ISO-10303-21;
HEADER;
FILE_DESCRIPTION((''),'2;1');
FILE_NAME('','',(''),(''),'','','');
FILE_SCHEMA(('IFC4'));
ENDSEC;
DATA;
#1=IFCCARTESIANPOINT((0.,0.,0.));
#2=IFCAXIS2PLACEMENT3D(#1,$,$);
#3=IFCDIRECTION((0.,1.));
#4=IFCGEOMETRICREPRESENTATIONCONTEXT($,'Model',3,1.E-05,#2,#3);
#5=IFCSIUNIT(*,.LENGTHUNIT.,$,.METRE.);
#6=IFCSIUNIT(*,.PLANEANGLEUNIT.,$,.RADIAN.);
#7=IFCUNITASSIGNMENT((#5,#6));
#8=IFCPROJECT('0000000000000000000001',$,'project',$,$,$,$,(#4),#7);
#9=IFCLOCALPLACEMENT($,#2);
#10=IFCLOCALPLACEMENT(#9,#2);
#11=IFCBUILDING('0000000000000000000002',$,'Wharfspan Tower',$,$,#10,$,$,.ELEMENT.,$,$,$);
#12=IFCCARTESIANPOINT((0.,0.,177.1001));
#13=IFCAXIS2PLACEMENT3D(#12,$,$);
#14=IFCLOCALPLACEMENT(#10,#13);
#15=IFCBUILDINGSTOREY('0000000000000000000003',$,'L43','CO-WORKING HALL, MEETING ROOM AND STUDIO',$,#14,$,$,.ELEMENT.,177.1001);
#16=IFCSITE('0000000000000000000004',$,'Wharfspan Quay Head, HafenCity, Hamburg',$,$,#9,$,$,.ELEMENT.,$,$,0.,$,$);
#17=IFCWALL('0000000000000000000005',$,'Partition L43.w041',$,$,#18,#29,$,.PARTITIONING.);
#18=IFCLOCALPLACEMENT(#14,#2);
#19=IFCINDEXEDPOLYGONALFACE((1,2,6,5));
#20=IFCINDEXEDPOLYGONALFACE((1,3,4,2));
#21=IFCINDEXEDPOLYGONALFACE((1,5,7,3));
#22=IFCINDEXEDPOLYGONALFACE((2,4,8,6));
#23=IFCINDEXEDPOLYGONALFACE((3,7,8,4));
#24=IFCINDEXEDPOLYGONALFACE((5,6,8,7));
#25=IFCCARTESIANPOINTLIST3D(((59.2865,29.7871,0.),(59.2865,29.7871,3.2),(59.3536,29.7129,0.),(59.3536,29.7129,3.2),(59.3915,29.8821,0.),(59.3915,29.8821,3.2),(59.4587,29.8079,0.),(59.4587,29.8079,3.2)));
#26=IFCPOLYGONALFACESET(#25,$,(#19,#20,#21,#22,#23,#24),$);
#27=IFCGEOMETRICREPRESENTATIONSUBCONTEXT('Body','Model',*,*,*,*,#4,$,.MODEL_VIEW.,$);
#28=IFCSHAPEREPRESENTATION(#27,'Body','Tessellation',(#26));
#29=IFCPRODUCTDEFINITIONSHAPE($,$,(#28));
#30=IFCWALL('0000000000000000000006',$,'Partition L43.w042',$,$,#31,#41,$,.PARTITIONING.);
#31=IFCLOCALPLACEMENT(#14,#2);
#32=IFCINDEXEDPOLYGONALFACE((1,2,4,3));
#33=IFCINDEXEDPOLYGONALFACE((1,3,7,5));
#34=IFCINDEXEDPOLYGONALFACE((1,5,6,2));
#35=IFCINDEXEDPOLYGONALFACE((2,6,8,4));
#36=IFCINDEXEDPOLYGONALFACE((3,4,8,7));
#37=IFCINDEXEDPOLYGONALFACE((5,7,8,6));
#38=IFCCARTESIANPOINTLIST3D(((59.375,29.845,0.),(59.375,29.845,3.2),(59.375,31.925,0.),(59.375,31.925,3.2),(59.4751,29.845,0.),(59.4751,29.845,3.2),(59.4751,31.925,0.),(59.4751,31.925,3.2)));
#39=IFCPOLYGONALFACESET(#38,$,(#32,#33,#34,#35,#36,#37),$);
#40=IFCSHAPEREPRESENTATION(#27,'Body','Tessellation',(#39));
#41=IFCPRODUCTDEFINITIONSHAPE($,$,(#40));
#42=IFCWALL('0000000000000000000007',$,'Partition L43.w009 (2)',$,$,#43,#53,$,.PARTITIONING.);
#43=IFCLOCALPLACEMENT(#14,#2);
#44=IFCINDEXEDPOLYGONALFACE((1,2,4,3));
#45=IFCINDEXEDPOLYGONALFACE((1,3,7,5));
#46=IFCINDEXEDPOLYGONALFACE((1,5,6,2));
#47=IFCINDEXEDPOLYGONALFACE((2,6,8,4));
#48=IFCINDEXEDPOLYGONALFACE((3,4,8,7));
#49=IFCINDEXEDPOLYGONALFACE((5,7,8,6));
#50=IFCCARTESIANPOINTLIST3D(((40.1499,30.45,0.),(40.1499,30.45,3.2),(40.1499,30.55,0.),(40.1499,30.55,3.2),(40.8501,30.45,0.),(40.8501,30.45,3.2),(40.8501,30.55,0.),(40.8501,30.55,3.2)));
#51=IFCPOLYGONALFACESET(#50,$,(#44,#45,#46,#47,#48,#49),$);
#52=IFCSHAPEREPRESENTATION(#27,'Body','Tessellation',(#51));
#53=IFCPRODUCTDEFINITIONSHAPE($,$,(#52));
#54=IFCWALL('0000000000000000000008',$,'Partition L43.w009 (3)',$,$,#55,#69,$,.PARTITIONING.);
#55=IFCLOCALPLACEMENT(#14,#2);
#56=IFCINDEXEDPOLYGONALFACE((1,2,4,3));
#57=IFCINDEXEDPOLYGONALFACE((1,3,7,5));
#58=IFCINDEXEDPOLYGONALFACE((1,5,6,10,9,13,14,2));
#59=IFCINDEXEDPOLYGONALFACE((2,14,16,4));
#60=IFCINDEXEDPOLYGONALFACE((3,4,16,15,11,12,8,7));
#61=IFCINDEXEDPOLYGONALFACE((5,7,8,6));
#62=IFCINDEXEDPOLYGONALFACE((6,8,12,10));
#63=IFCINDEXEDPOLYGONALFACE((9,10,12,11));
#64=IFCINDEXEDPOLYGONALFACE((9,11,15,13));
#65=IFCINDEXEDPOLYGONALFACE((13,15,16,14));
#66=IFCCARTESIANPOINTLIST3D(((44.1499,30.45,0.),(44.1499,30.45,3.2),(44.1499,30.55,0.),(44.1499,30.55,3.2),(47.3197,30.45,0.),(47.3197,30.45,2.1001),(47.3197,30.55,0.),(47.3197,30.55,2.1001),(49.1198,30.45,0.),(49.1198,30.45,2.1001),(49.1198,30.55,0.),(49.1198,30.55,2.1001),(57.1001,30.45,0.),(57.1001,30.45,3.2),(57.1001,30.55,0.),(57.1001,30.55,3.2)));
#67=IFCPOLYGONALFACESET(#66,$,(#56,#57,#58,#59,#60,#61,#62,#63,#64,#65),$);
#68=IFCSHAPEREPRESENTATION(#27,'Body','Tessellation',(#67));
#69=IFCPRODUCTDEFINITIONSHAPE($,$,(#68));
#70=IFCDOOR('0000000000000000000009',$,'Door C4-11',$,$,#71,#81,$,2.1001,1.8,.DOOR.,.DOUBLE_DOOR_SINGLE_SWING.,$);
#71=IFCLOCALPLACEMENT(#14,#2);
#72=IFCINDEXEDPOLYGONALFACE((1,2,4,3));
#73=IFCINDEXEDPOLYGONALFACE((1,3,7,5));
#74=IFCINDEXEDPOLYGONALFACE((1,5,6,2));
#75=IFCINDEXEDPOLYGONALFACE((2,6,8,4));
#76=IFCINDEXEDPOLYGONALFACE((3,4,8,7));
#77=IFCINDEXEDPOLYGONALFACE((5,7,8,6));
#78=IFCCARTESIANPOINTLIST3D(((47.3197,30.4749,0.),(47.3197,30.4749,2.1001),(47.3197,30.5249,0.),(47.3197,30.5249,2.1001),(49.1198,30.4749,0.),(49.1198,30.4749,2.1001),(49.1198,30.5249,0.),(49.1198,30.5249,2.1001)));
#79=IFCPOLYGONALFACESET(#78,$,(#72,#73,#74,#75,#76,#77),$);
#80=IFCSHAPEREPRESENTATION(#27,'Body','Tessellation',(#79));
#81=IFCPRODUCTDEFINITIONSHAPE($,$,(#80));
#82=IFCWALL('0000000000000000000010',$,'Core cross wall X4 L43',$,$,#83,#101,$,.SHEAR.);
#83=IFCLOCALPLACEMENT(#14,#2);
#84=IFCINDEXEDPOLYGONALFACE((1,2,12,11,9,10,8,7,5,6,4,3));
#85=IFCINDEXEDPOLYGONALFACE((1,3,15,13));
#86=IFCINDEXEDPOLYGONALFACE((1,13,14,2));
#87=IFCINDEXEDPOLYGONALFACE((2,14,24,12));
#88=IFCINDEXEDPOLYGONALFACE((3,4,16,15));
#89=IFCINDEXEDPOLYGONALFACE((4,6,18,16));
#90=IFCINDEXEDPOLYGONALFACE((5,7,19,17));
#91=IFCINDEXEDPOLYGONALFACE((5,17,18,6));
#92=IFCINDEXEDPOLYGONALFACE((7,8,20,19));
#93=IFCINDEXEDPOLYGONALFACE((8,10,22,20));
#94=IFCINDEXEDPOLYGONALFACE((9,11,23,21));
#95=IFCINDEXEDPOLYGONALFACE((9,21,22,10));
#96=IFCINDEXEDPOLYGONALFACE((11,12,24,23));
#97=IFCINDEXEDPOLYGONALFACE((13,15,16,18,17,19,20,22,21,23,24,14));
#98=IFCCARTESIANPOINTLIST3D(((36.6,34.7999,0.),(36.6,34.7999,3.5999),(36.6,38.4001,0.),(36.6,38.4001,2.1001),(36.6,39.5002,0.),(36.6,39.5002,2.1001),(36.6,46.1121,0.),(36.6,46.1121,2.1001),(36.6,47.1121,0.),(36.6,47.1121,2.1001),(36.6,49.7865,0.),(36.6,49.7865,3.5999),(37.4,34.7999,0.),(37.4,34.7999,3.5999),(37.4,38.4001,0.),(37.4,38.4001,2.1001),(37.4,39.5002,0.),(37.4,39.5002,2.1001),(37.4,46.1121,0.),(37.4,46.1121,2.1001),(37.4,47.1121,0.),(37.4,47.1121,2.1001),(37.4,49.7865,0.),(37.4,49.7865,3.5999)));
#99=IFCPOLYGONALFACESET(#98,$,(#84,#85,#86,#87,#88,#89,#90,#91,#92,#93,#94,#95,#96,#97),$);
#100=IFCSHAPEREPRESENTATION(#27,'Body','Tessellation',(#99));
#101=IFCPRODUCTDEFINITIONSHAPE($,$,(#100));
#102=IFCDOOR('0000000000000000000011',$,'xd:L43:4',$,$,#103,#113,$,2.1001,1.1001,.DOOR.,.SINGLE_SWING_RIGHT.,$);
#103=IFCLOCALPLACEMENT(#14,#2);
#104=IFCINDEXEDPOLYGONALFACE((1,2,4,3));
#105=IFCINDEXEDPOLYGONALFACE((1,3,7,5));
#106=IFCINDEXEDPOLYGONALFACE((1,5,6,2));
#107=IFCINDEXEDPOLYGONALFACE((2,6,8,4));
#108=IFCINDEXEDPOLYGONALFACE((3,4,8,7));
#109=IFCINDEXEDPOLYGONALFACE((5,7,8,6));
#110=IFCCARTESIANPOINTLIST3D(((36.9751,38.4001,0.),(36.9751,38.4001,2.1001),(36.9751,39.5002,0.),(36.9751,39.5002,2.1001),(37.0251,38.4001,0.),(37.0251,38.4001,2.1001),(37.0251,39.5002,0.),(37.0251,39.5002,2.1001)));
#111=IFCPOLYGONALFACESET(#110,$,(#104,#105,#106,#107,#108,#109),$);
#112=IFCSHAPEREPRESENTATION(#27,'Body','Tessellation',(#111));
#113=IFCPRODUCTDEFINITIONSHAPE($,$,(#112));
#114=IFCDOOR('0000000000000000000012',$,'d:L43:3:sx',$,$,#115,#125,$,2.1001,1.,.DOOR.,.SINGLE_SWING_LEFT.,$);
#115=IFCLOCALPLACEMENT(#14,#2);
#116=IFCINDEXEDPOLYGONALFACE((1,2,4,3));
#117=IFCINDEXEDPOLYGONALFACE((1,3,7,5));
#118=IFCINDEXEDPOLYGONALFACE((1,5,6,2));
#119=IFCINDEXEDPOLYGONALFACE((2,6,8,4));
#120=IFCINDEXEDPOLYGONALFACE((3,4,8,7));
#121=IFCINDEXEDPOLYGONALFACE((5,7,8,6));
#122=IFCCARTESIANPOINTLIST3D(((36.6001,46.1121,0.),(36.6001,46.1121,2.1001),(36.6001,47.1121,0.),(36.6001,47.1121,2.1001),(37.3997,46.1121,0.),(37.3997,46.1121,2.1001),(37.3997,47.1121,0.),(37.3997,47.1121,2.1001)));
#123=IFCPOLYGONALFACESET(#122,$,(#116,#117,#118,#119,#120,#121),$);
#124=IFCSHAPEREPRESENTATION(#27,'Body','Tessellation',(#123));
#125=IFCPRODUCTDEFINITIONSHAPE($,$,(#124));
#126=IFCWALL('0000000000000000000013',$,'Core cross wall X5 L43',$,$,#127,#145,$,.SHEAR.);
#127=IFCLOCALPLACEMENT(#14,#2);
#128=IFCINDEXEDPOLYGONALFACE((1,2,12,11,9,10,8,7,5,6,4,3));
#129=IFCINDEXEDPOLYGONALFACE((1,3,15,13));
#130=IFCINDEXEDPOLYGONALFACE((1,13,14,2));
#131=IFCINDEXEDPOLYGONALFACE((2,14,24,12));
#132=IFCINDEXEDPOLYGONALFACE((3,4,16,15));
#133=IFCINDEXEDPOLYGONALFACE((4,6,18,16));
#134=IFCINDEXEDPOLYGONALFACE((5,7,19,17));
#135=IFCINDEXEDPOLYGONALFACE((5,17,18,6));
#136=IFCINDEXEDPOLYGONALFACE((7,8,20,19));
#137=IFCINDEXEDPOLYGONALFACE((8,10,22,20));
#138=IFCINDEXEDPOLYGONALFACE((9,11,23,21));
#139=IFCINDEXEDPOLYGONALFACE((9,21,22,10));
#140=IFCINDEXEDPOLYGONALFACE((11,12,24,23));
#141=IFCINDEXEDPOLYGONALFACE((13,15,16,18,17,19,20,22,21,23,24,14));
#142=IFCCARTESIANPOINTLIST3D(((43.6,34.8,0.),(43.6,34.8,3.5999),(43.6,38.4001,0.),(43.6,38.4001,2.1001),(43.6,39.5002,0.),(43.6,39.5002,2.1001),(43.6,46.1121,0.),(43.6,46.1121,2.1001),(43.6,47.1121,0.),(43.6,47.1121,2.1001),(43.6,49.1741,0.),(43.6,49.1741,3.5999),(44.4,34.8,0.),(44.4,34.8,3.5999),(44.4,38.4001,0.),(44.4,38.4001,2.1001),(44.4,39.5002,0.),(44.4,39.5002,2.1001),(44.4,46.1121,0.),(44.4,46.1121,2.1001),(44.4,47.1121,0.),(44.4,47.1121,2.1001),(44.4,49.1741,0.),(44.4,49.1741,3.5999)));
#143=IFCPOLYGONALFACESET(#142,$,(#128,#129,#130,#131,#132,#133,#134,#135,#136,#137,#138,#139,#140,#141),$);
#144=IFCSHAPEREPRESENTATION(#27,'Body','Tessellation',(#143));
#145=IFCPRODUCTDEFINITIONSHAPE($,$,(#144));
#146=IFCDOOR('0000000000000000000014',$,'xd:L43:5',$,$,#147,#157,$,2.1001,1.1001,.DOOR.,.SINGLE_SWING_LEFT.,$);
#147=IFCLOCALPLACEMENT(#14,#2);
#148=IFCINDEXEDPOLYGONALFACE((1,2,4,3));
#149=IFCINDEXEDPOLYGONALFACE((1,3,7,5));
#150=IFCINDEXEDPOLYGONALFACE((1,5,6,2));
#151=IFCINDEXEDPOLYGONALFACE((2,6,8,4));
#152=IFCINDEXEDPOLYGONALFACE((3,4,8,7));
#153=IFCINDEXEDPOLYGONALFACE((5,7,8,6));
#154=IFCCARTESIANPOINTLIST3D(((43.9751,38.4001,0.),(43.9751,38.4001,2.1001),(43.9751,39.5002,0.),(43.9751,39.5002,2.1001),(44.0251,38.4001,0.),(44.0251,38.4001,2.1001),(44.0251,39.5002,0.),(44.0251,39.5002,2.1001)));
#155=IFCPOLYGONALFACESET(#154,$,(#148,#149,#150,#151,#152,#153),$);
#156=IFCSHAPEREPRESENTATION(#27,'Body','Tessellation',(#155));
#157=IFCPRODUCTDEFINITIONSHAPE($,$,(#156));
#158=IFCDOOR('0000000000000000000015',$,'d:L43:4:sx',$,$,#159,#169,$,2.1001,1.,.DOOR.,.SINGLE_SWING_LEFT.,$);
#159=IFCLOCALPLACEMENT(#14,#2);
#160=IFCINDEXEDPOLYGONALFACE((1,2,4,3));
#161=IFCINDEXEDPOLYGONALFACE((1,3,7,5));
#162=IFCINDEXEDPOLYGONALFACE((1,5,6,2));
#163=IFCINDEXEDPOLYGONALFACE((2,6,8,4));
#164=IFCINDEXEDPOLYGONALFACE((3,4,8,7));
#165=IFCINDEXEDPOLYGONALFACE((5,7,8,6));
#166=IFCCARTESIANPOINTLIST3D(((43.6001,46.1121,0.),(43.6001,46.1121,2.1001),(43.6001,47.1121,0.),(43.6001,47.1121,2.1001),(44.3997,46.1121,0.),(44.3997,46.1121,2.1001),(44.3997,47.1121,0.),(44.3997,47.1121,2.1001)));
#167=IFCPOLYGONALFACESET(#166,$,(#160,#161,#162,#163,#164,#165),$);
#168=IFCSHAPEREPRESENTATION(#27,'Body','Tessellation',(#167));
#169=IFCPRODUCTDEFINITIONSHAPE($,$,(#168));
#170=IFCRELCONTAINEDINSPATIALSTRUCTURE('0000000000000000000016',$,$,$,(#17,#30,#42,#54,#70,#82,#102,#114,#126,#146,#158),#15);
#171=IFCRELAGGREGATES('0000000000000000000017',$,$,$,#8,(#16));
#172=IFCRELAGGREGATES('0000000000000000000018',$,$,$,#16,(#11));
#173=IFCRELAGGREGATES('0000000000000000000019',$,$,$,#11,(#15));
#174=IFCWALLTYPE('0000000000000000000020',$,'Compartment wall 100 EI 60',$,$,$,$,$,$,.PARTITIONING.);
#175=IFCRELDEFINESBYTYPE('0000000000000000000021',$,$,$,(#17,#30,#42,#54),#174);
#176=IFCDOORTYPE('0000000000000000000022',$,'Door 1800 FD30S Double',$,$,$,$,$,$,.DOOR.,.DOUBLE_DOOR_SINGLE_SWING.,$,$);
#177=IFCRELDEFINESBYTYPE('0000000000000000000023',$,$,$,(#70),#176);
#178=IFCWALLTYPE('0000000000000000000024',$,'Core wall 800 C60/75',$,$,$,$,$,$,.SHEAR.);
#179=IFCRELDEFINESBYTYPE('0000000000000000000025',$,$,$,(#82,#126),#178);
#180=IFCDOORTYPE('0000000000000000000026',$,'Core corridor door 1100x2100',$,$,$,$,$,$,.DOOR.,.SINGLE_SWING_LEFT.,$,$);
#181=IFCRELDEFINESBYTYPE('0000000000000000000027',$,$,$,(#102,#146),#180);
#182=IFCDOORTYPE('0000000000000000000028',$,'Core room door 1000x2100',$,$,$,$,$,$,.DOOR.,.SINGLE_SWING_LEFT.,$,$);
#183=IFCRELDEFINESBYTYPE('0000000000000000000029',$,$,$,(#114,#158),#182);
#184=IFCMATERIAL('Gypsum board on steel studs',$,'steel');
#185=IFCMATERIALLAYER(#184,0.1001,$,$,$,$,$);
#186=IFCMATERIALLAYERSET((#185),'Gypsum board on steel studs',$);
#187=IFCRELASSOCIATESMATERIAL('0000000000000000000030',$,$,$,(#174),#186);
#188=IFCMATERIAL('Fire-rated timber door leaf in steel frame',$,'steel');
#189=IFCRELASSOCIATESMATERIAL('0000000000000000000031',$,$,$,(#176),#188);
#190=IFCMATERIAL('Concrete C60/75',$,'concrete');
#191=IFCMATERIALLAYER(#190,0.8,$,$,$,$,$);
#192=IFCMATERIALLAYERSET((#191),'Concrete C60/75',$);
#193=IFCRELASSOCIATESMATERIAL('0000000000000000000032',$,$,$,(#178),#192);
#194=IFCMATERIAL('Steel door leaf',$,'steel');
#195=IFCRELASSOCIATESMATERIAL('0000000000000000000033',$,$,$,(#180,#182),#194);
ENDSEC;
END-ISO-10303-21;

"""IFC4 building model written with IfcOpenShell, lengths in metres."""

from ifc_helpers import new_model, si_unit, direction, frame, frame_2d, origin, place, context, subcontext, project, spatial, rectangle, extrude, material, layer, layer_set, type_object, element, fill, save


model = new_model("IFC4")

# Units and contexts
model_context = context("Model", 3, precision=1e-05, world=origin(), true_north=direction((0.0, 1.0)))
body_context = subcontext(model_context, "Body", "Model", "MODEL_VIEW")
ifc_project = project(units=[si_unit("LENGTHUNIT", "METRE"), si_unit("PLANEANGLEUNIT", "RADIAN")], contexts=[model_context])

# Site, building, storey
site_placement = place(None, origin())
site = spatial("IfcSite", under=ifc_project, at=site_placement, Name="Wharfspan Quay Head, HafenCity, Hamburg", CompositionType="ELEMENT", RefElevation=0.0)
building_placement = place(site_placement, origin())
building = spatial("IfcBuilding", under=site, at=building_placement, Name="Wharfspan Tower", CompositionType="ELEMENT")
storey_placement = place(building_placement, frame((0.0, 0.0, 177.1001)))
storey = spatial("IfcBuildingStorey", under=building, at=storey_placement, Name="L43", Description="CO-WORKING HALL, MEETING ROOM AND STUDIO", CompositionType="ELEMENT", Elevation=177.1001)

# Shared definitions
ifc_material_1 = material(Name="Gypsum board on steel studs", Category="steel")
ifc_layer_1 = layer(ifc_material_1, 0.1001)
ifc_layer_set_1 = layer_set([ifc_layer_1], Name="Gypsum board on steel studs")
wall_type_1 = type_object("IfcWallType", Name="Compartment wall 100 EI 60", PredefinedType="PARTITIONING", material=ifc_layer_set_1)

# Shared definitions
ifc_material_2 = material(Name="Fire-rated timber door leaf in steel frame", Category="steel")
door_type_1 = type_object("IfcDoorType", Name="Door 1800 FD30S Double", OperationType="DOUBLE_DOOR_SINGLE_SWING", PredefinedType="DOOR", material=ifc_material_2)

# Walls
wall_1_placement = place(storey_placement, frame((59.3201, 29.75, 0.0), z_axis=(0.0, 0.0, 1.0), x_axis=(0.741581, 0.670872, 0.0)))
element("IfcWall", 1, at=wall_1_placement, inside=storey, type_object=wall_type_1, Name="Partition L43.w041", PredefinedType="PARTITIONING", context=body_context, shape_type="SweptSolid", body=[
    extrude(rectangle(XDim=0.1416, YDim=0.1001, at=frame_2d((0.0708, 0.0))), origin(), (0.0, 0.0, 1.0), 3.2),
])
wall_2_placement = place(storey_placement, frame((59.425, 29.845, 0.0), z_axis=(0.0, 0.0, 1.0), x_axis=(0.0, 1.0, 0.0)))
element("IfcWall", 2, at=wall_2_placement, inside=storey, type_object=wall_type_1, Name="Partition L43.w042", PredefinedType="PARTITIONING", context=body_context, shape_type="SweptSolid", body=[
    extrude(rectangle(XDim=2.0801, YDim=0.1001, at=frame_2d((1.04, 0.0))), origin(), (0.0, 0.0, 1.0), 3.2),
])
wall_3_placement = place(storey_placement, frame((40.1499, 30.5, 0.0), z_axis=(0.0, 0.0, 1.0), x_axis=(1.0, 0.0, 0.0)))
element("IfcWall", 3, at=wall_3_placement, inside=storey, type_object=wall_type_1, Name="Partition L43.w009 (2)", PredefinedType="PARTITIONING", context=body_context, shape_type="SweptSolid", body=[
    extrude(rectangle(XDim=0.7002, YDim=0.1001, at=frame_2d((0.3501, 0.0))), origin(), (0.0, 0.0, 1.0), 3.2),
])

# Wall, opening, door
wall_4_placement = place(storey_placement, frame((44.1499, 30.5, 0.0), z_axis=(0.0, 0.0, 1.0), x_axis=(1.0, 0.0, 0.0)))
wall_4 = element("IfcWall", 4, at=wall_4_placement, inside=storey, type_object=wall_type_1, Name="Partition L43.w009 (3)", PredefinedType="PARTITIONING", context=body_context, shape_type="SweptSolid", body=[
    extrude(rectangle(XDim=12.9502, YDim=0.1001, at=frame_2d((6.4751, 0.0))), origin(), (0.0, 0.0, 1.0), 3.2),
])
opening_1_placement = place(wall_4_placement, frame((3.1699, 0.0, 0.0)))
opening_1 = element("IfcOpeningElement", 5, at=opening_1_placement, cuts=wall_4, PredefinedType="OPENING", context=body_context, shape_type="SweptSolid", body=[
    extrude(rectangle(XDim=1.8, YDim=2.1001, at=frame_2d((0.8999, 1.05))), frame((0.0, 0.0601, 0.0), z_axis=(0.0, -1.0, 0.0), x_axis=(1.0, 0.0, 0.0)), (0.0, 0.0, 1.0), 0.1201),
])
door_1_placement = place(opening_1_placement, origin())
door_1 = element("IfcDoor", 6, at=door_1_placement, inside=storey, type_object=door_type_1, Name="Door C4-11", OperationType="DOUBLE_DOOR_SINGLE_SWING", OverallHeight=2.1001, OverallWidth=1.8, PredefinedType="DOOR", context=body_context, shape_type="SweptSolid", body=[
    extrude(rectangle(XDim=1.8, YDim=2.1001, at=frame_2d((0.8999, 1.05))), frame((0.0, 0.0249, 0.0), z_axis=(0.0, -1.0, 0.0), x_axis=(1.0, 0.0, 0.0)), (0.0, 0.0, 1.0), 0.05),
])
fill(opening_1, door_1)

# Walls, openings, doors
ifc_material_3 = material(Name="Concrete C60/75", Category="concrete")
ifc_layer_2 = layer(ifc_material_3, 0.8)
ifc_layer_set_2 = layer_set([ifc_layer_2], Name="Concrete C60/75")
wall_type_2 = type_object("IfcWallType", Name="Core wall 800 C60/75", PredefinedType="SHEAR", material=ifc_layer_set_2)
wall_5_placement = place(storey_placement, frame((37.0, 34.8, 0.0), z_axis=(0.0, 0.0, 1.0), x_axis=(0.0, 1.0, 0.0)))
wall_5 = element("IfcWall", 7, at=wall_5_placement, inside=storey, type_object=wall_type_2, Name="Core cross wall X4 L43", PredefinedType="SHEAR", context=body_context, shape_type="SweptSolid", body=[
    extrude(rectangle(XDim=14.9866, YDim=0.8, at=frame_2d((7.4932, 0.0))), origin(), (0.0, 0.0, 1.0), 3.5999),
])
opening_2_placement = place(wall_5_placement, frame((11.312, 0.0, 0.0)))
opening_2 = element("IfcOpeningElement", 8, at=opening_2_placement, cuts=wall_5, PredefinedType="OPENING", context=body_context, shape_type="SweptSolid", body=[
    extrude(rectangle(XDim=1.0, YDim=2.1001, at=frame_2d((0.5, 1.05))), frame((0.0, 0.4099, 0.0), z_axis=(0.0, -1.0, 0.0), x_axis=(1.0, 0.0, 0.0)), (0.0, 0.0, 1.0), 0.8201),
])
opening_3_placement = place(wall_5_placement, frame((3.6001, 0.0, 0.0)))
opening_3 = element("IfcOpeningElement", 9, at=opening_3_placement, cuts=wall_5, PredefinedType="OPENING", context=body_context, shape_type="SweptSolid", body=[
    extrude(rectangle(XDim=1.1001, YDim=2.1001, at=frame_2d((0.55, 1.05))), frame((0.0, 0.4099, 0.0), z_axis=(0.0, -1.0, 0.0), x_axis=(1.0, 0.0, 0.0)), (0.0, 0.0, 1.0), 0.8201),
])
ifc_material_4 = material(Name="Steel door leaf", Category="steel")
door_type_2 = type_object("IfcDoorType", Name="Core corridor door 1100x2100", OperationType="SINGLE_SWING_LEFT", PredefinedType="DOOR", material=ifc_material_4)
door_2_placement = place(opening_3_placement, origin())
door_2 = element("IfcDoor", 10, at=door_2_placement, inside=storey, type_object=door_type_2, Name="xd:L43:4", OperationType="SINGLE_SWING_RIGHT", OverallHeight=2.1001, OverallWidth=1.1001, PredefinedType="DOOR", context=body_context, shape_type="SweptSolid", body=[
    extrude(rectangle(XDim=1.1001, YDim=2.1001, at=frame_2d((0.55, 1.05))), frame((0.0, 0.0249, 0.0), z_axis=(0.0, -1.0, 0.0), x_axis=(1.0, 0.0, 0.0)), (0.0, 0.0, 1.0), 0.05),
])
fill(opening_3, door_2)
door_type_3 = type_object("IfcDoorType", Name="Core room door 1000x2100", OperationType="SINGLE_SWING_LEFT", PredefinedType="DOOR", material=ifc_material_4)
door_3_placement = place(opening_2_placement, origin())
door_3 = element("IfcDoor", 11, at=door_3_placement, inside=storey, type_object=door_type_3, Name="d:L43:3:sx", OperationType="SINGLE_SWING_LEFT", OverallHeight=2.1001, OverallWidth=1.0, PredefinedType="DOOR", context=body_context, shape_type="SweptSolid", body=[
    extrude(rectangle(XDim=1.0, YDim=2.1001, at=frame_2d((0.5, 1.05))), frame((0.0, 0.3999, 0.0), z_axis=(0.0, -1.0, 0.0), x_axis=(1.0, 0.0, 0.0)), (0.0, 0.0, 1.0), 0.7996),
])
fill(opening_2, door_3)
wall_6_placement = place(storey_placement, frame((44.0, 34.8, 0.0), z_axis=(0.0, 0.0, 1.0), x_axis=(0.0, 1.0, 0.0)))
wall_6 = element("IfcWall", 12, at=wall_6_placement, inside=storey, type_object=wall_type_2, Name="Core cross wall X5 L43", PredefinedType="SHEAR", context=body_context, shape_type="SweptSolid", body=[
    extrude(rectangle(XDim=14.374, YDim=0.8, at=frame_2d((7.187, 0.0))), origin(), (0.0, 0.0, 1.0), 3.5999),
])
opening_4_placement = place(wall_6_placement, frame((11.312, 0.0, 0.0)))
opening_4 = element("IfcOpeningElement", 13, at=opening_4_placement, cuts=wall_6, PredefinedType="OPENING", context=body_context, shape_type="SweptSolid", body=[
    extrude(rectangle(XDim=1.0, YDim=2.1001, at=frame_2d((0.5, 1.05))), frame((0.0, 0.4099, 0.0), z_axis=(0.0, -1.0, 0.0), x_axis=(1.0, 0.0, 0.0)), (0.0, 0.0, 1.0), 0.8201),
])
opening_5_placement = place(wall_6_placement, frame((3.6001, 0.0, 0.0)))
opening_5 = element("IfcOpeningElement", 14, at=opening_5_placement, cuts=wall_6, PredefinedType="OPENING", context=body_context, shape_type="SweptSolid", body=[
    extrude(rectangle(XDim=1.1001, YDim=2.1001, at=frame_2d((0.55, 1.05))), frame((0.0, 0.4099, 0.0), z_axis=(0.0, -1.0, 0.0), x_axis=(1.0, 0.0, 0.0)), (0.0, 0.0, 1.0), 0.8201),
])
door_4_placement = place(opening_5_placement, origin())
door_4 = element("IfcDoor", 15, at=door_4_placement, inside=storey, type_object=door_type_2, Name="xd:L43:5", OperationType="SINGLE_SWING_LEFT", OverallHeight=2.1001, OverallWidth=1.1001, PredefinedType="DOOR", context=body_context, shape_type="SweptSolid", body=[
    extrude(rectangle(XDim=1.1001, YDim=2.1001, at=frame_2d((0.55, 1.05))), frame((0.0, 0.0249, 0.0), z_axis=(0.0, -1.0, 0.0), x_axis=(1.0, 0.0, 0.0)), (0.0, 0.0, 1.0), 0.05),
])
fill(opening_5, door_4)
door_5_placement = place(opening_4_placement, origin())
door_5 = element("IfcDoor", 16, at=door_5_placement, inside=storey, type_object=door_type_3, Name="d:L43:4:sx", OperationType="SINGLE_SWING_LEFT", OverallHeight=2.1001, OverallWidth=1.0, PredefinedType="DOOR", context=body_context, shape_type="SweptSolid", body=[
    extrude(rectangle(XDim=1.0, YDim=2.1001, at=frame_2d((0.5, 1.05))), frame((0.0, 0.3999, 0.0), z_axis=(0.0, -1.0, 0.0), x_axis=(1.0, 0.0, 0.0)), (0.0, 0.0, 1.0), 0.7996),
])
fill(opening_4, door_5)

save(model, "model.ifc")
